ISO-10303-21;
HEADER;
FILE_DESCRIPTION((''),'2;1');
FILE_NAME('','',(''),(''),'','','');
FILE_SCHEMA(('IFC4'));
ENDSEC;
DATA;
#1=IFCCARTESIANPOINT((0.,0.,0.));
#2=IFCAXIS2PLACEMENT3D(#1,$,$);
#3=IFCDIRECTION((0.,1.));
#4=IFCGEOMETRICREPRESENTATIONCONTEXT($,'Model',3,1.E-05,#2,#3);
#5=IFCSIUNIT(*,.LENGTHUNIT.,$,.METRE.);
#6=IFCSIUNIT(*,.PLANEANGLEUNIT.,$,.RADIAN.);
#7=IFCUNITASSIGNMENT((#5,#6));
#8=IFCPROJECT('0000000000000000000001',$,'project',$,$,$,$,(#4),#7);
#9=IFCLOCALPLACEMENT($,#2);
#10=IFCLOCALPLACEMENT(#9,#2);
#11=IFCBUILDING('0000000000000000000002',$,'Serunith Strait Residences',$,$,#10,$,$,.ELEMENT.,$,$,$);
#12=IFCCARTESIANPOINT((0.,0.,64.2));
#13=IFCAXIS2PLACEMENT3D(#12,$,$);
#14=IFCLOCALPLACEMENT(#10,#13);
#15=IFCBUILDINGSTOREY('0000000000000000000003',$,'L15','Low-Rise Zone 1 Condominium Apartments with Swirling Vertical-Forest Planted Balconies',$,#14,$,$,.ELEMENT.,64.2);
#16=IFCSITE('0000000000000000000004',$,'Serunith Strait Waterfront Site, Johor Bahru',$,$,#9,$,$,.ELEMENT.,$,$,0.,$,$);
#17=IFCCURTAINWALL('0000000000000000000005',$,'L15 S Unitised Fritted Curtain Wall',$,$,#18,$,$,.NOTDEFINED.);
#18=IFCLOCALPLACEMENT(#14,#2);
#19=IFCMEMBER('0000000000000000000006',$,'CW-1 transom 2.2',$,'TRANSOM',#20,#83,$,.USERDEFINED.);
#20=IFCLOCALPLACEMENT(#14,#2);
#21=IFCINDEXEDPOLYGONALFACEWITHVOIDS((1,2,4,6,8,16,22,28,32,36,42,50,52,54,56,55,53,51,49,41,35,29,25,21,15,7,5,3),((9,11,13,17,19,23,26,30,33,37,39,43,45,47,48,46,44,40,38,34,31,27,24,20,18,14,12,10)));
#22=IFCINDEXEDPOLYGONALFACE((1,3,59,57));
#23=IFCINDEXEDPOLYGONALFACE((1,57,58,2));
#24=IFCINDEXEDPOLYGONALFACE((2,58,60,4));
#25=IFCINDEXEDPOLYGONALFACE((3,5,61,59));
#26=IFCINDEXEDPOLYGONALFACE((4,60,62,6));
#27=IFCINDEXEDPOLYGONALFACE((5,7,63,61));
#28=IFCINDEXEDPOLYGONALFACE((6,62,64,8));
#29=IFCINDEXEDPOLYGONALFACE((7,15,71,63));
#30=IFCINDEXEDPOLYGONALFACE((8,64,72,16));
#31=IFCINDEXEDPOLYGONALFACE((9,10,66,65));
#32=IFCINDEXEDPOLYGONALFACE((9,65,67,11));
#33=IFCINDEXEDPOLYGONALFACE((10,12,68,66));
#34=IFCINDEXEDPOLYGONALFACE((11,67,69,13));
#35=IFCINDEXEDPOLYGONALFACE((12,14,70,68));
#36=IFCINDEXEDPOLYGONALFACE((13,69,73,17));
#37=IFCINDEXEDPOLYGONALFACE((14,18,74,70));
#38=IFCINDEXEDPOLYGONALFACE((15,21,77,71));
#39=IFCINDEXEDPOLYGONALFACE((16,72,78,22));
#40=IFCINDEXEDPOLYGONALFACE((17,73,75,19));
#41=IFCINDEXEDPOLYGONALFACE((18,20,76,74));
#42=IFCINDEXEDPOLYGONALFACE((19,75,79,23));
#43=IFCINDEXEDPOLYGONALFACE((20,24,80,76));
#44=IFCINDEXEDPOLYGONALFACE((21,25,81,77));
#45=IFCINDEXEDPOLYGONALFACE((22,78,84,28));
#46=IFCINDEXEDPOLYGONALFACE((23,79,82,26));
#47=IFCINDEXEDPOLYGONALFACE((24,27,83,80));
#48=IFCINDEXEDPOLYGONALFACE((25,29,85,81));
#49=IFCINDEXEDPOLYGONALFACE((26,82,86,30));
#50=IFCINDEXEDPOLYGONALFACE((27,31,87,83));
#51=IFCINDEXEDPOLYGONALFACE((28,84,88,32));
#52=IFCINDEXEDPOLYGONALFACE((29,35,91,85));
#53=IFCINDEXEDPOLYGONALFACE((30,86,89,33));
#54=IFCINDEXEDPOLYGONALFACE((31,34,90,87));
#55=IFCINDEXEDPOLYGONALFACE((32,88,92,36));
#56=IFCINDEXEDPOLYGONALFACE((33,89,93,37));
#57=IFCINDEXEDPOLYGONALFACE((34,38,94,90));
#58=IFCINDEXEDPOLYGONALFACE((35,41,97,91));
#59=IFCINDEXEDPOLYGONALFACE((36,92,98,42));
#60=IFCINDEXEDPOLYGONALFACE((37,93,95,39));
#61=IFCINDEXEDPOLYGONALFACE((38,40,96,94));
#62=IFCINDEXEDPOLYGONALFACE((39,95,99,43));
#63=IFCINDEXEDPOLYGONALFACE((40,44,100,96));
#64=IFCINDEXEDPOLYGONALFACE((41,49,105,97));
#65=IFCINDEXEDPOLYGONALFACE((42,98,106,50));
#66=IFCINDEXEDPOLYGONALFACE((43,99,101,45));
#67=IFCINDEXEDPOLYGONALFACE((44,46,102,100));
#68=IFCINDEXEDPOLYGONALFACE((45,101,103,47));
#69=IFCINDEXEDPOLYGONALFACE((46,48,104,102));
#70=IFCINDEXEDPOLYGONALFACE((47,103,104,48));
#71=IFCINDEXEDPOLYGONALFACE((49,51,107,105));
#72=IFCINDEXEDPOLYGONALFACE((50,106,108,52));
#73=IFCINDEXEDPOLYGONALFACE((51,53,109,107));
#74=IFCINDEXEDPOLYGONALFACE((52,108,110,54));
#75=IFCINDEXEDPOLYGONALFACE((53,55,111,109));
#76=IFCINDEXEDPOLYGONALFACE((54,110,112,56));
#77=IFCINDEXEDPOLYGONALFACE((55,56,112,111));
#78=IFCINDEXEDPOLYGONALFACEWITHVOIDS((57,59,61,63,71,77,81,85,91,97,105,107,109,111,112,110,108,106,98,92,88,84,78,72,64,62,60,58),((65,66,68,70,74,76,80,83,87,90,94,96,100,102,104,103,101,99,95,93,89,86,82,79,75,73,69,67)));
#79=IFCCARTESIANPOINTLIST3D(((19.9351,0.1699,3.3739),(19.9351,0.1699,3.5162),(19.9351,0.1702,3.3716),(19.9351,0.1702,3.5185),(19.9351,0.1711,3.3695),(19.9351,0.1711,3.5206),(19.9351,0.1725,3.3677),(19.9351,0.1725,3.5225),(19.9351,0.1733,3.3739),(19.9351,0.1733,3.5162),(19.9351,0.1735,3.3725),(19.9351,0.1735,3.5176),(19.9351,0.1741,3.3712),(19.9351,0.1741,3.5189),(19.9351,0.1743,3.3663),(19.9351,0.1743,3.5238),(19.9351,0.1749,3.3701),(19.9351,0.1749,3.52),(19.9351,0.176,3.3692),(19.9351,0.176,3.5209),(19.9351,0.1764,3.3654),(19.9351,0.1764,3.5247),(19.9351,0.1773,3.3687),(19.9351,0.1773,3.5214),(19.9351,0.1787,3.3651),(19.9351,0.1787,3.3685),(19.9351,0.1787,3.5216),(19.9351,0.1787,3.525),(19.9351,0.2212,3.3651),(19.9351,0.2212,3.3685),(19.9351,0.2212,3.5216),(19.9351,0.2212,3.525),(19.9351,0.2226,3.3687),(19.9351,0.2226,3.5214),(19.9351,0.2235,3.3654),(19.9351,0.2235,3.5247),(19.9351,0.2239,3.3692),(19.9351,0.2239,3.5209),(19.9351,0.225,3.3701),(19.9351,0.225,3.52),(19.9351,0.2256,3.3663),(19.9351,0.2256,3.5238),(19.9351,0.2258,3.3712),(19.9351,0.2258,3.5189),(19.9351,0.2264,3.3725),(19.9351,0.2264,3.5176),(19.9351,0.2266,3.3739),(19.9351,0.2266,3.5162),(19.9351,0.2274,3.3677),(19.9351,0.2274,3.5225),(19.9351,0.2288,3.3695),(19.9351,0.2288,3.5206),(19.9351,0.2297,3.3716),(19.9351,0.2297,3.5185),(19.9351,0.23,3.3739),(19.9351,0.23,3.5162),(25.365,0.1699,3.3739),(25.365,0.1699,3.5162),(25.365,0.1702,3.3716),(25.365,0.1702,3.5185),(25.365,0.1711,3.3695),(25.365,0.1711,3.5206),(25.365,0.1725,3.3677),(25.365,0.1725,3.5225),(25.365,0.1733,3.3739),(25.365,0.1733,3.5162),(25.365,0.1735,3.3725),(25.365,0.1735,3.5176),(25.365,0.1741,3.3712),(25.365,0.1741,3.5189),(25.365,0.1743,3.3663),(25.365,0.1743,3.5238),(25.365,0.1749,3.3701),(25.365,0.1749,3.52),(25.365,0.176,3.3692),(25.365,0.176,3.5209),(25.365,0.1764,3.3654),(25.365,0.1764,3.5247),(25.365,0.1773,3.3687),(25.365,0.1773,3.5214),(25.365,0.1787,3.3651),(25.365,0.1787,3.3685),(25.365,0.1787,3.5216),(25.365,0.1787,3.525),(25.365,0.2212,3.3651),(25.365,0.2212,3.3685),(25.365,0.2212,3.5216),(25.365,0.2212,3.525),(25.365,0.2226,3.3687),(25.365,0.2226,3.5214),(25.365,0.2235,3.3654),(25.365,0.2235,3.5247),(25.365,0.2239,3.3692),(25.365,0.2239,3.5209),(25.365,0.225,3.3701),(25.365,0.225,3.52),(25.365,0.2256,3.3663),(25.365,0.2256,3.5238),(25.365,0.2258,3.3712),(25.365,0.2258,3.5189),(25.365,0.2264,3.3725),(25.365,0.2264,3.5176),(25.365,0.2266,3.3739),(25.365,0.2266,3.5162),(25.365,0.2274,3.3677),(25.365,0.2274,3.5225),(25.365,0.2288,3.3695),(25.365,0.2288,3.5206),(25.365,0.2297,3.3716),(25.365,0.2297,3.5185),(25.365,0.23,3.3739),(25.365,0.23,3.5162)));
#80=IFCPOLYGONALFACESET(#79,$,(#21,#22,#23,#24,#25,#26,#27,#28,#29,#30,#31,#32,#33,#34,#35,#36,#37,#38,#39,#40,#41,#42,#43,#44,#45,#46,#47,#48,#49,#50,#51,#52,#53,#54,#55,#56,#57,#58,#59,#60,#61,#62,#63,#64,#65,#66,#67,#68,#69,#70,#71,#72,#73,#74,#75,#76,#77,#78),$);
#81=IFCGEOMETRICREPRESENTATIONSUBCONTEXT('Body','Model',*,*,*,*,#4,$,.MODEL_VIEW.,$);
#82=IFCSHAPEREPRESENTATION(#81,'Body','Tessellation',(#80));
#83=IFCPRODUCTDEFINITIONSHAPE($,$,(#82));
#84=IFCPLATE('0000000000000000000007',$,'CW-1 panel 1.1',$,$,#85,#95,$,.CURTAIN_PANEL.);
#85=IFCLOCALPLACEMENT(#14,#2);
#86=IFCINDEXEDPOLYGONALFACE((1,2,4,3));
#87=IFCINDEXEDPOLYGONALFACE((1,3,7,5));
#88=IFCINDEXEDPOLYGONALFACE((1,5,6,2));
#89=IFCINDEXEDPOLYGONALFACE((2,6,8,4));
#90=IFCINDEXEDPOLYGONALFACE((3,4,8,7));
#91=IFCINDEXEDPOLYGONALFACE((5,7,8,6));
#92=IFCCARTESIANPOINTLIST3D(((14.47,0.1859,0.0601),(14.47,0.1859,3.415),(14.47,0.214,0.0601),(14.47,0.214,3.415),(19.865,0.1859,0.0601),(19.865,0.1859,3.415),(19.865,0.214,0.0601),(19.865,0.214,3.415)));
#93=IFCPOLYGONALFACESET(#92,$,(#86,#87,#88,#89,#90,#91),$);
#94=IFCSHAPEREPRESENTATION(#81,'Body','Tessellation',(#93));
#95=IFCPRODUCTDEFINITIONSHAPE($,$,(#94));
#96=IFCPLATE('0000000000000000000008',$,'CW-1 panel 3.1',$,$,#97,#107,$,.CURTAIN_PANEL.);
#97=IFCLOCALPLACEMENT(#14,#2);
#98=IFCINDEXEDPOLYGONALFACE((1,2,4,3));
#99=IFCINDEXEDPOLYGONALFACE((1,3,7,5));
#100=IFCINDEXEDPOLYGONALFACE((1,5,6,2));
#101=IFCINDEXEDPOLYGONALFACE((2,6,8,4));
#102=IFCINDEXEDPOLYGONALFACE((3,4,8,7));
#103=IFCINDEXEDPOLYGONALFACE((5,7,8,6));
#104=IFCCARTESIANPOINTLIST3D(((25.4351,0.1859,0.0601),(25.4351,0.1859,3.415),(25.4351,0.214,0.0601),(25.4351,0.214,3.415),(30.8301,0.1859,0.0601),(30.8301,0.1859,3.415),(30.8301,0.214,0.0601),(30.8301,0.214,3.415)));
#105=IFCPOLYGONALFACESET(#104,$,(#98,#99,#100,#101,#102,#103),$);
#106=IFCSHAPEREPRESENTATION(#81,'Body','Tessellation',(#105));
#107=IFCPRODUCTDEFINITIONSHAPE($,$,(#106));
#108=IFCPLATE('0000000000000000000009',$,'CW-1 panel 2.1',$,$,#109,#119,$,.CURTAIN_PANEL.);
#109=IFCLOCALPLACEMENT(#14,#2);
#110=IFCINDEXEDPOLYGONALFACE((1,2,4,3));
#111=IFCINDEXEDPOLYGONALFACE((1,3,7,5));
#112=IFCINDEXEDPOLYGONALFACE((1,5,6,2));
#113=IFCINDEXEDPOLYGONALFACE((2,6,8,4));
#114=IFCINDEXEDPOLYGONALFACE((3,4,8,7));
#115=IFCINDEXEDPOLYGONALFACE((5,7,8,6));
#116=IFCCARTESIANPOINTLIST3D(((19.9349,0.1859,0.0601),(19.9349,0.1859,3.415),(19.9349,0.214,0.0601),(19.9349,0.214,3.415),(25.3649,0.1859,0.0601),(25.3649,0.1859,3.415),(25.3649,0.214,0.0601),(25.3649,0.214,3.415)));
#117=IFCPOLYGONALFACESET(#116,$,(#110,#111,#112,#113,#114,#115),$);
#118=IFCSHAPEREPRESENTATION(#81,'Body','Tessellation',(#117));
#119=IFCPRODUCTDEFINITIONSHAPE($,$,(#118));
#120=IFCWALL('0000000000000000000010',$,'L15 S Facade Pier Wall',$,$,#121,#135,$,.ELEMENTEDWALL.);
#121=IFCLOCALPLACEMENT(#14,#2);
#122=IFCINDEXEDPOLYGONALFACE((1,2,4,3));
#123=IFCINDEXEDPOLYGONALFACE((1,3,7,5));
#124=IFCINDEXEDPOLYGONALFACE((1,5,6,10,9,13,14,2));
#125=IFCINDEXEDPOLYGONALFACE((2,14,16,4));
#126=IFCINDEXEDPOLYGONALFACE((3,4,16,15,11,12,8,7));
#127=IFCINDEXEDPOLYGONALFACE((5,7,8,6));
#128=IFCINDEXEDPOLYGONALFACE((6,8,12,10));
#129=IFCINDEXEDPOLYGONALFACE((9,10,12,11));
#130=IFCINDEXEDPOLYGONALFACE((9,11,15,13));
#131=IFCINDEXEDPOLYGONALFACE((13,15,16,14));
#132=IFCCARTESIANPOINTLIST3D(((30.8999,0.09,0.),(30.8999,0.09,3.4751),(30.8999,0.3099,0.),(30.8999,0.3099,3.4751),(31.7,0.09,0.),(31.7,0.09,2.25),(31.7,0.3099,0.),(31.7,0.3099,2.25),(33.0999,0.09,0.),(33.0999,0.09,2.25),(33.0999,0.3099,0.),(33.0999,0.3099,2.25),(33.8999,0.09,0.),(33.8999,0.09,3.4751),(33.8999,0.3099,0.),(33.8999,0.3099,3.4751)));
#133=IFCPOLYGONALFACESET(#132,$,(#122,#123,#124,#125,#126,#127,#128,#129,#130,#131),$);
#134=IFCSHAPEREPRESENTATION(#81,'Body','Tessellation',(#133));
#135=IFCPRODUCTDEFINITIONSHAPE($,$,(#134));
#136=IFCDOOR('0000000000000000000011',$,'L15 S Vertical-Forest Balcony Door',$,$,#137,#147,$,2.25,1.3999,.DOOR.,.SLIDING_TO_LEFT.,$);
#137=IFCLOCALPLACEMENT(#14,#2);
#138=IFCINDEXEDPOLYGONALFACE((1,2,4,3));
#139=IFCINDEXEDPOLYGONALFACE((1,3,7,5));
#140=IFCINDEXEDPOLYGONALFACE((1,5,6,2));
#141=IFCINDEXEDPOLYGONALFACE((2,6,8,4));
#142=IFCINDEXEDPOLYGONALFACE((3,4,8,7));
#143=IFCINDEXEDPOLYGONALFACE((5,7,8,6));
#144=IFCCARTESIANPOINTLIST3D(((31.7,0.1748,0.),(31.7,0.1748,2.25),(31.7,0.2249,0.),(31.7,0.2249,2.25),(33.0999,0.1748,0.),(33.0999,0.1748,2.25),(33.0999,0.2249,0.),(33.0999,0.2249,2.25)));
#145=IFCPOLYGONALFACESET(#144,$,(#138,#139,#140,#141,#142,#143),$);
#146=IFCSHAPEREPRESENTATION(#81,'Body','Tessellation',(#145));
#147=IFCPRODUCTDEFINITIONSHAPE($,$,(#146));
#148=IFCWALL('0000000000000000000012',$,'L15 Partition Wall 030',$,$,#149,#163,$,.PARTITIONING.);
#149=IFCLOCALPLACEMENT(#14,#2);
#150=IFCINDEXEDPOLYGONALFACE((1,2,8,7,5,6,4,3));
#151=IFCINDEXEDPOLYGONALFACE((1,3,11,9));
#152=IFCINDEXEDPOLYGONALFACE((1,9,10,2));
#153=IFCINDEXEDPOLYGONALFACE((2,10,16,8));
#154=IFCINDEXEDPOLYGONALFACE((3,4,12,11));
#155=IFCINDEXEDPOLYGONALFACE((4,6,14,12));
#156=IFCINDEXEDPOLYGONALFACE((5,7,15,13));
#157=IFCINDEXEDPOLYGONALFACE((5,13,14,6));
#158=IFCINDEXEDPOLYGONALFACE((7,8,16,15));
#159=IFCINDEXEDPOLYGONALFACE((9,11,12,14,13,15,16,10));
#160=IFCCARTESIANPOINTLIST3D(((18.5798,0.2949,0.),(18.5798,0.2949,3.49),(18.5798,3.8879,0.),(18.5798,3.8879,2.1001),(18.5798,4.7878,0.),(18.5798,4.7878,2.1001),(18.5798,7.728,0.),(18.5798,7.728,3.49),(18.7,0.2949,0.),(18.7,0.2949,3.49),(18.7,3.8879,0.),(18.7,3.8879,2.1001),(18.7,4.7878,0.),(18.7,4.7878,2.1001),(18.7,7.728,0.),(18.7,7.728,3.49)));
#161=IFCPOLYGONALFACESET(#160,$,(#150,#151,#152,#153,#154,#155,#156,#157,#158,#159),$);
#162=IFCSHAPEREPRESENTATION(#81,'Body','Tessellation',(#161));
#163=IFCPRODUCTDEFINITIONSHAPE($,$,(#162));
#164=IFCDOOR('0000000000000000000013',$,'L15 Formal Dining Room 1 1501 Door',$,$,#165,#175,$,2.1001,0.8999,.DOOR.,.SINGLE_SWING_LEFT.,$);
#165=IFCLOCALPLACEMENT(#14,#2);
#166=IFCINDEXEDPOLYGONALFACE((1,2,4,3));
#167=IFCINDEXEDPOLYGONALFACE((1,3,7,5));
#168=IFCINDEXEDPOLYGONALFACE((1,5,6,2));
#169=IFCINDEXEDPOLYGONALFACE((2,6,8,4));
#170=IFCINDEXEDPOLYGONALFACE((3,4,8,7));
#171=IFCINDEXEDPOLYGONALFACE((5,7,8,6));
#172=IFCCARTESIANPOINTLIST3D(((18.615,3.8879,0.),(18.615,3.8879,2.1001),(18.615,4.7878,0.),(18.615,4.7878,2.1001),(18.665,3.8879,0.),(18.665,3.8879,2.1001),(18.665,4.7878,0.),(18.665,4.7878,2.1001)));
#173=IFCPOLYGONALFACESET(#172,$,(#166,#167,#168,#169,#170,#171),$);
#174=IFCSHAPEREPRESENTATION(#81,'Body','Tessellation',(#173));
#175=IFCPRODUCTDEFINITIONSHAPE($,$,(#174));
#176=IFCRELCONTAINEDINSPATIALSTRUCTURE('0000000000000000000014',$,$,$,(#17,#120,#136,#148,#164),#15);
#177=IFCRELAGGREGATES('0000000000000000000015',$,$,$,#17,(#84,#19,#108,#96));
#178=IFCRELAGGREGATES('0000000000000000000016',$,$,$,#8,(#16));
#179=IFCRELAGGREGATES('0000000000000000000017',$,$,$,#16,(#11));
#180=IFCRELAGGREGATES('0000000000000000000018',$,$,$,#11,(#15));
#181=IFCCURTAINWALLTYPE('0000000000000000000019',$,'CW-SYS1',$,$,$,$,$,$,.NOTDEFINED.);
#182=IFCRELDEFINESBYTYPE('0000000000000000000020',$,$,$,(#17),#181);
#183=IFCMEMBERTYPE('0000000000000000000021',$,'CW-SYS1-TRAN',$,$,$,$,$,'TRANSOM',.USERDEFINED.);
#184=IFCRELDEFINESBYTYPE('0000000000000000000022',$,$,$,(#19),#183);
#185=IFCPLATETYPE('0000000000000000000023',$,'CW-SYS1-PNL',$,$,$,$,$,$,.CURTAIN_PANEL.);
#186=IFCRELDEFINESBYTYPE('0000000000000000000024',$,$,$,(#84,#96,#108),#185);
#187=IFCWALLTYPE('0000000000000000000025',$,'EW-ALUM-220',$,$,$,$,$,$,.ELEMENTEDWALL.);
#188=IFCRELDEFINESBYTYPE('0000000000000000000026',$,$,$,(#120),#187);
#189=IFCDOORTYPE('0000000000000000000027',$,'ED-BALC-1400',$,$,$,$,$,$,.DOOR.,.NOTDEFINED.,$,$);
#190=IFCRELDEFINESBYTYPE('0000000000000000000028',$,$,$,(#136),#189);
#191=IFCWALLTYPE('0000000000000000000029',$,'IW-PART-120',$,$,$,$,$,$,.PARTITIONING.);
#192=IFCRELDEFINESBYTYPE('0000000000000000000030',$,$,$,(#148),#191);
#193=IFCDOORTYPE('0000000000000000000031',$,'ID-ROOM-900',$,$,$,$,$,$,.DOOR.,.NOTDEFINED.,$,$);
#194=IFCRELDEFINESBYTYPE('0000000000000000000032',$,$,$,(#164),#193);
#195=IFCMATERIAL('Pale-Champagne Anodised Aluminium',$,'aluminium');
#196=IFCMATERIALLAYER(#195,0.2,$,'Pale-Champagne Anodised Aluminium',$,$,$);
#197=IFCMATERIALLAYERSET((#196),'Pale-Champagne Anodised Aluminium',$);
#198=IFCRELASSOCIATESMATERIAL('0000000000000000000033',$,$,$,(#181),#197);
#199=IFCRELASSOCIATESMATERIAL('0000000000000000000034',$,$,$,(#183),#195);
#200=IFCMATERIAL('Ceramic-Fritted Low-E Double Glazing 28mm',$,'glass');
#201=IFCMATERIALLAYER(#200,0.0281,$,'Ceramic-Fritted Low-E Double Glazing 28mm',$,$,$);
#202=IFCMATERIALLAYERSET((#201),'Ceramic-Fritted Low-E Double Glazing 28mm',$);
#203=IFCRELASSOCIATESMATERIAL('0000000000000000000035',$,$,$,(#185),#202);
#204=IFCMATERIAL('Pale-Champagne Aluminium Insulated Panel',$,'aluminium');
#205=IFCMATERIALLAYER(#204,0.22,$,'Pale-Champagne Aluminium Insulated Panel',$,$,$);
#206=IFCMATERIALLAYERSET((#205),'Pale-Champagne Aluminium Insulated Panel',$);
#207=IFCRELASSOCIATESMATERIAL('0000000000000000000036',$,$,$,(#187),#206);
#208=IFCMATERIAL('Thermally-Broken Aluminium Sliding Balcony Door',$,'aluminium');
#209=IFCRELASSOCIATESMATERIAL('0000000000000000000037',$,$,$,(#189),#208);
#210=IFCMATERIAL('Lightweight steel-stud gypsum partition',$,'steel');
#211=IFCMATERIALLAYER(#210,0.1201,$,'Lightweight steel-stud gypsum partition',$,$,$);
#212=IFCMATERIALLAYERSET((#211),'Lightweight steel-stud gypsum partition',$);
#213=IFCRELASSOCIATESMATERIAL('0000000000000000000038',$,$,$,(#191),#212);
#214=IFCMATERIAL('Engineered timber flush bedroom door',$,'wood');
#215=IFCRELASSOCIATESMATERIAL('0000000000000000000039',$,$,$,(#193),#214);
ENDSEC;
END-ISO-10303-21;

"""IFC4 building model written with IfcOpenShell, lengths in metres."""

from ifc_helpers import new_model, si_unit, direction, frame, frame_2d, origin, origin_2d, place, context, subcontext, project, spatial, rectangle, hollow_rectangle, extrude, source, transform, mapped, material, layer, layer_set, material_profile, profile_set, type_object, element, fill, aggregate, save


model = new_model("IFC4")

# Units and contexts
model_context = context("Model", 3, precision=1e-05, world=origin(), true_north=direction((0.0, 1.0)))
body_context = subcontext(model_context, "Body", "Model", "MODEL_VIEW")
ifc_project = project(units=[si_unit("LENGTHUNIT", "METRE"), si_unit("PLANEANGLEUNIT", "RADIAN")], contexts=[model_context])

# Site, building, storey
site_placement = place(None, origin())
site = spatial("IfcSite", under=ifc_project, at=site_placement, Name="Serunith Strait Waterfront Site, Johor Bahru", CompositionType="ELEMENT", RefElevation=0.0)
building_placement = place(site_placement, origin())
building = spatial("IfcBuilding", under=site, at=building_placement, Name="Serunith Strait Residences", CompositionType="ELEMENT")
storey_placement = place(building_placement, frame((0.0, 0.0, 64.2)))
storey = spatial("IfcBuildingStorey", under=building, at=storey_placement, Name="L15", Description="Low-Rise Zone 1 Condominium Apartments with Swirling Vertical-Forest Planted Balconies", CompositionType="ELEMENT", Elevation=64.2)

# Curtain wall, member, plates
ifc_material_1 = material(Name="Pale-Champagne Anodised Aluminium", Category="aluminium")
ifc_layer_1 = layer(ifc_material_1, 0.2, Name="Pale-Champagne Anodised Aluminium")
ifc_layer_set_1 = layer_set([ifc_layer_1], Name="Pale-Champagne Anodised Aluminium")
curtain_wall_type = type_object("IfcCurtainWallType", Name="CW-SYS1", PredefinedType="NOTDEFINED", material=ifc_layer_set_1)
curtain_wall_placement = place(storey_placement, origin())
curtain_wall = element("IfcCurtainWall", 1, at=curtain_wall_placement, inside=storey, type_object=curtain_wall_type, Name="L15 S Unitised Fritted Curtain Wall", PredefinedType="NOTDEFINED")
ifc_material_profile_1 = material_profile(ifc_material_1, hollow_rectangle(XDim=0.0601, YDim=0.1599, WallThickness=0.0034, InnerFilletRadius=0.0054, OuterFilletRadius=0.0088, at=origin_2d()), Name="ALU 160x60x3.5")
ifc_profile_set_1 = profile_set([ifc_material_profile_1], Name="Pale-Champagne Anodised Aluminium")
member_type_1 = type_object("IfcMemberType", Name="CW-SYS1-TRAN", ElementType="TRANSOM", PredefinedType="USERDEFINED", material=ifc_profile_set_1)
shared_shape_1 = source(origin(), body_context, "Body", "SweptSolid", [
    extrude(hollow_rectangle(XDim=0.0601, YDim=0.1599, WallThickness=0.0034, InnerFilletRadius=0.0054, OuterFilletRadius=0.0088, at=origin_2d()), origin(), (0.0, 0.0, 1.0), 5.4299),
])
member_1_placement = place(storey_placement, frame((19.9351, 0.2, 3.4451), z_axis=(1.0, 0.0, 0.0), x_axis=(0.0, 1.0, 0.0)))
member_1 = element("IfcMember", 2, at=member_1_placement, type_object=member_type_1, Name="CW-1 transom 2.2", ObjectType="TRANSOM", PredefinedType="USERDEFINED", context=body_context, shape_type="MappedRepresentation", body=[
    mapped(shared_shape_1, transform((0.0, 0.0, 0.0), scale=1.0)),
])
ifc_material_2 = material(Name="Ceramic-Fritted Low-E Double Glazing 28mm", Category="glass")
ifc_layer_2 = layer(ifc_material_2, 0.0281, Name="Ceramic-Fritted Low-E Double Glazing 28mm")
ifc_layer_set_2 = layer_set([ifc_layer_2], Name="Ceramic-Fritted Low-E Double Glazing 28mm")
plate_type = type_object("IfcPlateType", Name="CW-SYS1-PNL", PredefinedType="CURTAIN_PANEL", material=ifc_layer_set_2)
shared_shape_2 = source(origin(), body_context, "Body", "SweptSolid", [
    extrude(rectangle(XDim=5.395, YDim=0.0281, at=origin_2d()), origin(), (0.0, 0.0, 1.0), 3.355),
])
plate_1_placement = place(storey_placement, frame((17.1675, 0.2, 0.0601), z_axis=(0.0, 0.0, 1.0), x_axis=(1.0, 0.0, 0.0)))
plate_1 = element("IfcPlate", 3, at=plate_1_placement, type_object=plate_type, Name="CW-1 panel 1.1", PredefinedType="CURTAIN_PANEL", context=body_context, shape_type="MappedRepresentation", body=[
    mapped(shared_shape_2, transform((0.0, 0.0, 0.0), scale=1.0)),
])
plate_2_placement = place(storey_placement, frame((28.1326, 0.2, 0.0601), z_axis=(0.0, 0.0, 1.0), x_axis=(1.0, 0.0, 0.0)))
plate_2 = element("IfcPlate", 4, at=plate_2_placement, type_object=plate_type, Name="CW-1 panel 3.1", PredefinedType="CURTAIN_PANEL", context=body_context, shape_type="MappedRepresentation", body=[
    mapped(shared_shape_2, transform((0.0, 0.0, 0.0), scale=1.0)),
])
shared_shape_3 = source(origin(), body_context, "Body", "SweptSolid", [
    extrude(rectangle(XDim=5.4299, YDim=0.0281, at=origin_2d()), origin(), (0.0, 0.0, 1.0), 3.355),
])
plate_3_placement = place(storey_placement, frame((22.6499, 0.2, 0.0601), z_axis=(0.0, 0.0, 1.0), x_axis=(1.0, 0.0, 0.0)))
plate_3 = element("IfcPlate", 5, at=plate_3_placement, type_object=plate_type, Name="CW-1 panel 2.1", PredefinedType="CURTAIN_PANEL", context=body_context, shape_type="MappedRepresentation", body=[
    mapped(shared_shape_3, transform((0.0, 0.0, 0.0), scale=1.0)),
])
aggregate(curtain_wall, [plate_1, member_1, plate_3, plate_2])

# Walls, openings, doors
ifc_material_3 = material(Name="Pale-Champagne Aluminium Insulated Panel", Category="aluminium")
ifc_layer_3 = layer(ifc_material_3, 0.22, Name="Pale-Champagne Aluminium Insulated Panel")
ifc_layer_set_3 = layer_set([ifc_layer_3], Name="Pale-Champagne Aluminium Insulated Panel")
wall_type_1 = type_object("IfcWallType", Name="EW-ALUM-220", PredefinedType="ELEMENTEDWALL", material=ifc_layer_set_3)
wall_1_placement = place(storey_placement, frame((30.8999, 0.2, 0.0), z_axis=(0.0, 0.0, 1.0), x_axis=(1.0, 0.0, 0.0)))
wall_1 = element("IfcWall", 6, at=wall_1_placement, inside=storey, type_object=wall_type_1, Name="L15 S Facade Pier Wall", PredefinedType="ELEMENTEDWALL", context=body_context, shape_type="SweptSolid", body=[
    extrude(rectangle(XDim=3.0, YDim=0.22, at=frame_2d((1.5, 0.0))), origin(), (0.0, 0.0, 1.0), 3.4751),
])
opening_1_placement = place(wall_1_placement, frame((0.8, 0.0, 0.0)))
opening_1 = element("IfcOpeningElement", 7, at=opening_1_placement, cuts=wall_1, PredefinedType="OPENING", context=body_context, shape_type="SweptSolid", body=[
    extrude(rectangle(XDim=1.3999, YDim=2.25, at=frame_2d((0.7, 1.125))), frame((0.0, 0.1201, 0.0), z_axis=(0.0, -1.0, 0.0), x_axis=(1.0, 0.0, 0.0)), (0.0, 0.0, 1.0), 0.24),
])
ifc_material_4 = material(Name="Thermally-Broken Aluminium Sliding Balcony Door", Category="aluminium")
door_type_1 = type_object("IfcDoorType", Name="ED-BALC-1400", OperationType="NOTDEFINED", PredefinedType="DOOR", material=ifc_material_4)
shared_shape_4 = source(origin(), body_context, "Body", "SweptSolid", [
    extrude(rectangle(XDim=1.3999, YDim=2.25, at=frame_2d((0.7, 1.125))), frame((0.0, 0.0249, 0.0), z_axis=(0.0, -1.0, 0.0), x_axis=(1.0, 0.0, 0.0)), (0.0, 0.0, 1.0), 0.05),
])
door_1_placement = place(opening_1_placement, origin())
door_1 = element("IfcDoor", 8, at=door_1_placement, inside=storey, type_object=door_type_1, Name="L15 S Vertical-Forest Balcony Door", OperationType="SLIDING_TO_LEFT", OverallHeight=2.25, OverallWidth=1.3999, PredefinedType="DOOR", context=body_context, shape_type="MappedRepresentation", body=[
    mapped(shared_shape_4, transform((0.0, 0.0, 0.0), scale=1.0)),
])
fill(opening_1, door_1)
ifc_material_5 = material(Name="Lightweight steel-stud gypsum partition", Category="steel")
ifc_layer_4 = layer(ifc_material_5, 0.1201, Name="Lightweight steel-stud gypsum partition")
ifc_layer_set_4 = layer_set([ifc_layer_4], Name="Lightweight steel-stud gypsum partition")
wall_type_2 = type_object("IfcWallType", Name="IW-PART-120", PredefinedType="PARTITIONING", material=ifc_layer_set_4)
wall_2_placement = place(storey_placement, frame((18.6399, 0.2949, 0.0), z_axis=(0.0, 0.0, 1.0), x_axis=(0.0, 1.0, 0.0)))
wall_2 = element("IfcWall", 9, at=wall_2_placement, inside=storey, type_object=wall_type_2, Name="L15 Partition Wall 030", PredefinedType="PARTITIONING", context=body_context, shape_type="SweptSolid", body=[
    extrude(rectangle(XDim=7.4331, YDim=0.1201, at=frame_2d((3.7166, 0.0))), origin(), (0.0, 0.0, 1.0), 3.49),
])
opening_2_placement = place(wall_2_placement, frame((3.593, 0.0, 0.0)))
opening_2 = element("IfcOpeningElement", 10, at=opening_2_placement, cuts=wall_2, PredefinedType="OPENING", context=body_context, shape_type="SweptSolid", body=[
    extrude(rectangle(XDim=0.8999, YDim=2.1001, at=frame_2d((0.45, 1.05))), frame((0.0, 0.0701, 0.0), z_axis=(0.0, -1.0, 0.0), x_axis=(1.0, 0.0, 0.0)), (0.0, 0.0, 1.0), 0.1401),
])
ifc_material_6 = material(Name="Engineered timber flush bedroom door", Category="wood")
door_type_2 = type_object("IfcDoorType", Name="ID-ROOM-900", OperationType="NOTDEFINED", PredefinedType="DOOR", material=ifc_material_6)
shared_shape_5 = source(origin(), body_context, "Body", "SweptSolid", [
    extrude(rectangle(XDim=0.8999, YDim=2.1001, at=frame_2d((0.45, 1.05))), frame((0.0, 0.0249, 0.0), z_axis=(0.0, -1.0, 0.0), x_axis=(1.0, 0.0, 0.0)), (0.0, 0.0, 1.0), 0.05),
])
door_2_placement = place(opening_2_placement, origin())
door_2 = element("IfcDoor", 11, at=door_2_placement, inside=storey, type_object=door_type_2, Name="L15 Formal Dining Room 1 1501 Door", OperationType="SINGLE_SWING_LEFT", OverallHeight=2.1001, OverallWidth=0.8999, PredefinedType="DOOR", context=body_context, shape_type="MappedRepresentation", body=[
    mapped(shared_shape_5, transform((0.0, 0.0, 0.0), scale=1.0)),
])
fill(opening_2, door_2)

save(model, "model.ifc")
